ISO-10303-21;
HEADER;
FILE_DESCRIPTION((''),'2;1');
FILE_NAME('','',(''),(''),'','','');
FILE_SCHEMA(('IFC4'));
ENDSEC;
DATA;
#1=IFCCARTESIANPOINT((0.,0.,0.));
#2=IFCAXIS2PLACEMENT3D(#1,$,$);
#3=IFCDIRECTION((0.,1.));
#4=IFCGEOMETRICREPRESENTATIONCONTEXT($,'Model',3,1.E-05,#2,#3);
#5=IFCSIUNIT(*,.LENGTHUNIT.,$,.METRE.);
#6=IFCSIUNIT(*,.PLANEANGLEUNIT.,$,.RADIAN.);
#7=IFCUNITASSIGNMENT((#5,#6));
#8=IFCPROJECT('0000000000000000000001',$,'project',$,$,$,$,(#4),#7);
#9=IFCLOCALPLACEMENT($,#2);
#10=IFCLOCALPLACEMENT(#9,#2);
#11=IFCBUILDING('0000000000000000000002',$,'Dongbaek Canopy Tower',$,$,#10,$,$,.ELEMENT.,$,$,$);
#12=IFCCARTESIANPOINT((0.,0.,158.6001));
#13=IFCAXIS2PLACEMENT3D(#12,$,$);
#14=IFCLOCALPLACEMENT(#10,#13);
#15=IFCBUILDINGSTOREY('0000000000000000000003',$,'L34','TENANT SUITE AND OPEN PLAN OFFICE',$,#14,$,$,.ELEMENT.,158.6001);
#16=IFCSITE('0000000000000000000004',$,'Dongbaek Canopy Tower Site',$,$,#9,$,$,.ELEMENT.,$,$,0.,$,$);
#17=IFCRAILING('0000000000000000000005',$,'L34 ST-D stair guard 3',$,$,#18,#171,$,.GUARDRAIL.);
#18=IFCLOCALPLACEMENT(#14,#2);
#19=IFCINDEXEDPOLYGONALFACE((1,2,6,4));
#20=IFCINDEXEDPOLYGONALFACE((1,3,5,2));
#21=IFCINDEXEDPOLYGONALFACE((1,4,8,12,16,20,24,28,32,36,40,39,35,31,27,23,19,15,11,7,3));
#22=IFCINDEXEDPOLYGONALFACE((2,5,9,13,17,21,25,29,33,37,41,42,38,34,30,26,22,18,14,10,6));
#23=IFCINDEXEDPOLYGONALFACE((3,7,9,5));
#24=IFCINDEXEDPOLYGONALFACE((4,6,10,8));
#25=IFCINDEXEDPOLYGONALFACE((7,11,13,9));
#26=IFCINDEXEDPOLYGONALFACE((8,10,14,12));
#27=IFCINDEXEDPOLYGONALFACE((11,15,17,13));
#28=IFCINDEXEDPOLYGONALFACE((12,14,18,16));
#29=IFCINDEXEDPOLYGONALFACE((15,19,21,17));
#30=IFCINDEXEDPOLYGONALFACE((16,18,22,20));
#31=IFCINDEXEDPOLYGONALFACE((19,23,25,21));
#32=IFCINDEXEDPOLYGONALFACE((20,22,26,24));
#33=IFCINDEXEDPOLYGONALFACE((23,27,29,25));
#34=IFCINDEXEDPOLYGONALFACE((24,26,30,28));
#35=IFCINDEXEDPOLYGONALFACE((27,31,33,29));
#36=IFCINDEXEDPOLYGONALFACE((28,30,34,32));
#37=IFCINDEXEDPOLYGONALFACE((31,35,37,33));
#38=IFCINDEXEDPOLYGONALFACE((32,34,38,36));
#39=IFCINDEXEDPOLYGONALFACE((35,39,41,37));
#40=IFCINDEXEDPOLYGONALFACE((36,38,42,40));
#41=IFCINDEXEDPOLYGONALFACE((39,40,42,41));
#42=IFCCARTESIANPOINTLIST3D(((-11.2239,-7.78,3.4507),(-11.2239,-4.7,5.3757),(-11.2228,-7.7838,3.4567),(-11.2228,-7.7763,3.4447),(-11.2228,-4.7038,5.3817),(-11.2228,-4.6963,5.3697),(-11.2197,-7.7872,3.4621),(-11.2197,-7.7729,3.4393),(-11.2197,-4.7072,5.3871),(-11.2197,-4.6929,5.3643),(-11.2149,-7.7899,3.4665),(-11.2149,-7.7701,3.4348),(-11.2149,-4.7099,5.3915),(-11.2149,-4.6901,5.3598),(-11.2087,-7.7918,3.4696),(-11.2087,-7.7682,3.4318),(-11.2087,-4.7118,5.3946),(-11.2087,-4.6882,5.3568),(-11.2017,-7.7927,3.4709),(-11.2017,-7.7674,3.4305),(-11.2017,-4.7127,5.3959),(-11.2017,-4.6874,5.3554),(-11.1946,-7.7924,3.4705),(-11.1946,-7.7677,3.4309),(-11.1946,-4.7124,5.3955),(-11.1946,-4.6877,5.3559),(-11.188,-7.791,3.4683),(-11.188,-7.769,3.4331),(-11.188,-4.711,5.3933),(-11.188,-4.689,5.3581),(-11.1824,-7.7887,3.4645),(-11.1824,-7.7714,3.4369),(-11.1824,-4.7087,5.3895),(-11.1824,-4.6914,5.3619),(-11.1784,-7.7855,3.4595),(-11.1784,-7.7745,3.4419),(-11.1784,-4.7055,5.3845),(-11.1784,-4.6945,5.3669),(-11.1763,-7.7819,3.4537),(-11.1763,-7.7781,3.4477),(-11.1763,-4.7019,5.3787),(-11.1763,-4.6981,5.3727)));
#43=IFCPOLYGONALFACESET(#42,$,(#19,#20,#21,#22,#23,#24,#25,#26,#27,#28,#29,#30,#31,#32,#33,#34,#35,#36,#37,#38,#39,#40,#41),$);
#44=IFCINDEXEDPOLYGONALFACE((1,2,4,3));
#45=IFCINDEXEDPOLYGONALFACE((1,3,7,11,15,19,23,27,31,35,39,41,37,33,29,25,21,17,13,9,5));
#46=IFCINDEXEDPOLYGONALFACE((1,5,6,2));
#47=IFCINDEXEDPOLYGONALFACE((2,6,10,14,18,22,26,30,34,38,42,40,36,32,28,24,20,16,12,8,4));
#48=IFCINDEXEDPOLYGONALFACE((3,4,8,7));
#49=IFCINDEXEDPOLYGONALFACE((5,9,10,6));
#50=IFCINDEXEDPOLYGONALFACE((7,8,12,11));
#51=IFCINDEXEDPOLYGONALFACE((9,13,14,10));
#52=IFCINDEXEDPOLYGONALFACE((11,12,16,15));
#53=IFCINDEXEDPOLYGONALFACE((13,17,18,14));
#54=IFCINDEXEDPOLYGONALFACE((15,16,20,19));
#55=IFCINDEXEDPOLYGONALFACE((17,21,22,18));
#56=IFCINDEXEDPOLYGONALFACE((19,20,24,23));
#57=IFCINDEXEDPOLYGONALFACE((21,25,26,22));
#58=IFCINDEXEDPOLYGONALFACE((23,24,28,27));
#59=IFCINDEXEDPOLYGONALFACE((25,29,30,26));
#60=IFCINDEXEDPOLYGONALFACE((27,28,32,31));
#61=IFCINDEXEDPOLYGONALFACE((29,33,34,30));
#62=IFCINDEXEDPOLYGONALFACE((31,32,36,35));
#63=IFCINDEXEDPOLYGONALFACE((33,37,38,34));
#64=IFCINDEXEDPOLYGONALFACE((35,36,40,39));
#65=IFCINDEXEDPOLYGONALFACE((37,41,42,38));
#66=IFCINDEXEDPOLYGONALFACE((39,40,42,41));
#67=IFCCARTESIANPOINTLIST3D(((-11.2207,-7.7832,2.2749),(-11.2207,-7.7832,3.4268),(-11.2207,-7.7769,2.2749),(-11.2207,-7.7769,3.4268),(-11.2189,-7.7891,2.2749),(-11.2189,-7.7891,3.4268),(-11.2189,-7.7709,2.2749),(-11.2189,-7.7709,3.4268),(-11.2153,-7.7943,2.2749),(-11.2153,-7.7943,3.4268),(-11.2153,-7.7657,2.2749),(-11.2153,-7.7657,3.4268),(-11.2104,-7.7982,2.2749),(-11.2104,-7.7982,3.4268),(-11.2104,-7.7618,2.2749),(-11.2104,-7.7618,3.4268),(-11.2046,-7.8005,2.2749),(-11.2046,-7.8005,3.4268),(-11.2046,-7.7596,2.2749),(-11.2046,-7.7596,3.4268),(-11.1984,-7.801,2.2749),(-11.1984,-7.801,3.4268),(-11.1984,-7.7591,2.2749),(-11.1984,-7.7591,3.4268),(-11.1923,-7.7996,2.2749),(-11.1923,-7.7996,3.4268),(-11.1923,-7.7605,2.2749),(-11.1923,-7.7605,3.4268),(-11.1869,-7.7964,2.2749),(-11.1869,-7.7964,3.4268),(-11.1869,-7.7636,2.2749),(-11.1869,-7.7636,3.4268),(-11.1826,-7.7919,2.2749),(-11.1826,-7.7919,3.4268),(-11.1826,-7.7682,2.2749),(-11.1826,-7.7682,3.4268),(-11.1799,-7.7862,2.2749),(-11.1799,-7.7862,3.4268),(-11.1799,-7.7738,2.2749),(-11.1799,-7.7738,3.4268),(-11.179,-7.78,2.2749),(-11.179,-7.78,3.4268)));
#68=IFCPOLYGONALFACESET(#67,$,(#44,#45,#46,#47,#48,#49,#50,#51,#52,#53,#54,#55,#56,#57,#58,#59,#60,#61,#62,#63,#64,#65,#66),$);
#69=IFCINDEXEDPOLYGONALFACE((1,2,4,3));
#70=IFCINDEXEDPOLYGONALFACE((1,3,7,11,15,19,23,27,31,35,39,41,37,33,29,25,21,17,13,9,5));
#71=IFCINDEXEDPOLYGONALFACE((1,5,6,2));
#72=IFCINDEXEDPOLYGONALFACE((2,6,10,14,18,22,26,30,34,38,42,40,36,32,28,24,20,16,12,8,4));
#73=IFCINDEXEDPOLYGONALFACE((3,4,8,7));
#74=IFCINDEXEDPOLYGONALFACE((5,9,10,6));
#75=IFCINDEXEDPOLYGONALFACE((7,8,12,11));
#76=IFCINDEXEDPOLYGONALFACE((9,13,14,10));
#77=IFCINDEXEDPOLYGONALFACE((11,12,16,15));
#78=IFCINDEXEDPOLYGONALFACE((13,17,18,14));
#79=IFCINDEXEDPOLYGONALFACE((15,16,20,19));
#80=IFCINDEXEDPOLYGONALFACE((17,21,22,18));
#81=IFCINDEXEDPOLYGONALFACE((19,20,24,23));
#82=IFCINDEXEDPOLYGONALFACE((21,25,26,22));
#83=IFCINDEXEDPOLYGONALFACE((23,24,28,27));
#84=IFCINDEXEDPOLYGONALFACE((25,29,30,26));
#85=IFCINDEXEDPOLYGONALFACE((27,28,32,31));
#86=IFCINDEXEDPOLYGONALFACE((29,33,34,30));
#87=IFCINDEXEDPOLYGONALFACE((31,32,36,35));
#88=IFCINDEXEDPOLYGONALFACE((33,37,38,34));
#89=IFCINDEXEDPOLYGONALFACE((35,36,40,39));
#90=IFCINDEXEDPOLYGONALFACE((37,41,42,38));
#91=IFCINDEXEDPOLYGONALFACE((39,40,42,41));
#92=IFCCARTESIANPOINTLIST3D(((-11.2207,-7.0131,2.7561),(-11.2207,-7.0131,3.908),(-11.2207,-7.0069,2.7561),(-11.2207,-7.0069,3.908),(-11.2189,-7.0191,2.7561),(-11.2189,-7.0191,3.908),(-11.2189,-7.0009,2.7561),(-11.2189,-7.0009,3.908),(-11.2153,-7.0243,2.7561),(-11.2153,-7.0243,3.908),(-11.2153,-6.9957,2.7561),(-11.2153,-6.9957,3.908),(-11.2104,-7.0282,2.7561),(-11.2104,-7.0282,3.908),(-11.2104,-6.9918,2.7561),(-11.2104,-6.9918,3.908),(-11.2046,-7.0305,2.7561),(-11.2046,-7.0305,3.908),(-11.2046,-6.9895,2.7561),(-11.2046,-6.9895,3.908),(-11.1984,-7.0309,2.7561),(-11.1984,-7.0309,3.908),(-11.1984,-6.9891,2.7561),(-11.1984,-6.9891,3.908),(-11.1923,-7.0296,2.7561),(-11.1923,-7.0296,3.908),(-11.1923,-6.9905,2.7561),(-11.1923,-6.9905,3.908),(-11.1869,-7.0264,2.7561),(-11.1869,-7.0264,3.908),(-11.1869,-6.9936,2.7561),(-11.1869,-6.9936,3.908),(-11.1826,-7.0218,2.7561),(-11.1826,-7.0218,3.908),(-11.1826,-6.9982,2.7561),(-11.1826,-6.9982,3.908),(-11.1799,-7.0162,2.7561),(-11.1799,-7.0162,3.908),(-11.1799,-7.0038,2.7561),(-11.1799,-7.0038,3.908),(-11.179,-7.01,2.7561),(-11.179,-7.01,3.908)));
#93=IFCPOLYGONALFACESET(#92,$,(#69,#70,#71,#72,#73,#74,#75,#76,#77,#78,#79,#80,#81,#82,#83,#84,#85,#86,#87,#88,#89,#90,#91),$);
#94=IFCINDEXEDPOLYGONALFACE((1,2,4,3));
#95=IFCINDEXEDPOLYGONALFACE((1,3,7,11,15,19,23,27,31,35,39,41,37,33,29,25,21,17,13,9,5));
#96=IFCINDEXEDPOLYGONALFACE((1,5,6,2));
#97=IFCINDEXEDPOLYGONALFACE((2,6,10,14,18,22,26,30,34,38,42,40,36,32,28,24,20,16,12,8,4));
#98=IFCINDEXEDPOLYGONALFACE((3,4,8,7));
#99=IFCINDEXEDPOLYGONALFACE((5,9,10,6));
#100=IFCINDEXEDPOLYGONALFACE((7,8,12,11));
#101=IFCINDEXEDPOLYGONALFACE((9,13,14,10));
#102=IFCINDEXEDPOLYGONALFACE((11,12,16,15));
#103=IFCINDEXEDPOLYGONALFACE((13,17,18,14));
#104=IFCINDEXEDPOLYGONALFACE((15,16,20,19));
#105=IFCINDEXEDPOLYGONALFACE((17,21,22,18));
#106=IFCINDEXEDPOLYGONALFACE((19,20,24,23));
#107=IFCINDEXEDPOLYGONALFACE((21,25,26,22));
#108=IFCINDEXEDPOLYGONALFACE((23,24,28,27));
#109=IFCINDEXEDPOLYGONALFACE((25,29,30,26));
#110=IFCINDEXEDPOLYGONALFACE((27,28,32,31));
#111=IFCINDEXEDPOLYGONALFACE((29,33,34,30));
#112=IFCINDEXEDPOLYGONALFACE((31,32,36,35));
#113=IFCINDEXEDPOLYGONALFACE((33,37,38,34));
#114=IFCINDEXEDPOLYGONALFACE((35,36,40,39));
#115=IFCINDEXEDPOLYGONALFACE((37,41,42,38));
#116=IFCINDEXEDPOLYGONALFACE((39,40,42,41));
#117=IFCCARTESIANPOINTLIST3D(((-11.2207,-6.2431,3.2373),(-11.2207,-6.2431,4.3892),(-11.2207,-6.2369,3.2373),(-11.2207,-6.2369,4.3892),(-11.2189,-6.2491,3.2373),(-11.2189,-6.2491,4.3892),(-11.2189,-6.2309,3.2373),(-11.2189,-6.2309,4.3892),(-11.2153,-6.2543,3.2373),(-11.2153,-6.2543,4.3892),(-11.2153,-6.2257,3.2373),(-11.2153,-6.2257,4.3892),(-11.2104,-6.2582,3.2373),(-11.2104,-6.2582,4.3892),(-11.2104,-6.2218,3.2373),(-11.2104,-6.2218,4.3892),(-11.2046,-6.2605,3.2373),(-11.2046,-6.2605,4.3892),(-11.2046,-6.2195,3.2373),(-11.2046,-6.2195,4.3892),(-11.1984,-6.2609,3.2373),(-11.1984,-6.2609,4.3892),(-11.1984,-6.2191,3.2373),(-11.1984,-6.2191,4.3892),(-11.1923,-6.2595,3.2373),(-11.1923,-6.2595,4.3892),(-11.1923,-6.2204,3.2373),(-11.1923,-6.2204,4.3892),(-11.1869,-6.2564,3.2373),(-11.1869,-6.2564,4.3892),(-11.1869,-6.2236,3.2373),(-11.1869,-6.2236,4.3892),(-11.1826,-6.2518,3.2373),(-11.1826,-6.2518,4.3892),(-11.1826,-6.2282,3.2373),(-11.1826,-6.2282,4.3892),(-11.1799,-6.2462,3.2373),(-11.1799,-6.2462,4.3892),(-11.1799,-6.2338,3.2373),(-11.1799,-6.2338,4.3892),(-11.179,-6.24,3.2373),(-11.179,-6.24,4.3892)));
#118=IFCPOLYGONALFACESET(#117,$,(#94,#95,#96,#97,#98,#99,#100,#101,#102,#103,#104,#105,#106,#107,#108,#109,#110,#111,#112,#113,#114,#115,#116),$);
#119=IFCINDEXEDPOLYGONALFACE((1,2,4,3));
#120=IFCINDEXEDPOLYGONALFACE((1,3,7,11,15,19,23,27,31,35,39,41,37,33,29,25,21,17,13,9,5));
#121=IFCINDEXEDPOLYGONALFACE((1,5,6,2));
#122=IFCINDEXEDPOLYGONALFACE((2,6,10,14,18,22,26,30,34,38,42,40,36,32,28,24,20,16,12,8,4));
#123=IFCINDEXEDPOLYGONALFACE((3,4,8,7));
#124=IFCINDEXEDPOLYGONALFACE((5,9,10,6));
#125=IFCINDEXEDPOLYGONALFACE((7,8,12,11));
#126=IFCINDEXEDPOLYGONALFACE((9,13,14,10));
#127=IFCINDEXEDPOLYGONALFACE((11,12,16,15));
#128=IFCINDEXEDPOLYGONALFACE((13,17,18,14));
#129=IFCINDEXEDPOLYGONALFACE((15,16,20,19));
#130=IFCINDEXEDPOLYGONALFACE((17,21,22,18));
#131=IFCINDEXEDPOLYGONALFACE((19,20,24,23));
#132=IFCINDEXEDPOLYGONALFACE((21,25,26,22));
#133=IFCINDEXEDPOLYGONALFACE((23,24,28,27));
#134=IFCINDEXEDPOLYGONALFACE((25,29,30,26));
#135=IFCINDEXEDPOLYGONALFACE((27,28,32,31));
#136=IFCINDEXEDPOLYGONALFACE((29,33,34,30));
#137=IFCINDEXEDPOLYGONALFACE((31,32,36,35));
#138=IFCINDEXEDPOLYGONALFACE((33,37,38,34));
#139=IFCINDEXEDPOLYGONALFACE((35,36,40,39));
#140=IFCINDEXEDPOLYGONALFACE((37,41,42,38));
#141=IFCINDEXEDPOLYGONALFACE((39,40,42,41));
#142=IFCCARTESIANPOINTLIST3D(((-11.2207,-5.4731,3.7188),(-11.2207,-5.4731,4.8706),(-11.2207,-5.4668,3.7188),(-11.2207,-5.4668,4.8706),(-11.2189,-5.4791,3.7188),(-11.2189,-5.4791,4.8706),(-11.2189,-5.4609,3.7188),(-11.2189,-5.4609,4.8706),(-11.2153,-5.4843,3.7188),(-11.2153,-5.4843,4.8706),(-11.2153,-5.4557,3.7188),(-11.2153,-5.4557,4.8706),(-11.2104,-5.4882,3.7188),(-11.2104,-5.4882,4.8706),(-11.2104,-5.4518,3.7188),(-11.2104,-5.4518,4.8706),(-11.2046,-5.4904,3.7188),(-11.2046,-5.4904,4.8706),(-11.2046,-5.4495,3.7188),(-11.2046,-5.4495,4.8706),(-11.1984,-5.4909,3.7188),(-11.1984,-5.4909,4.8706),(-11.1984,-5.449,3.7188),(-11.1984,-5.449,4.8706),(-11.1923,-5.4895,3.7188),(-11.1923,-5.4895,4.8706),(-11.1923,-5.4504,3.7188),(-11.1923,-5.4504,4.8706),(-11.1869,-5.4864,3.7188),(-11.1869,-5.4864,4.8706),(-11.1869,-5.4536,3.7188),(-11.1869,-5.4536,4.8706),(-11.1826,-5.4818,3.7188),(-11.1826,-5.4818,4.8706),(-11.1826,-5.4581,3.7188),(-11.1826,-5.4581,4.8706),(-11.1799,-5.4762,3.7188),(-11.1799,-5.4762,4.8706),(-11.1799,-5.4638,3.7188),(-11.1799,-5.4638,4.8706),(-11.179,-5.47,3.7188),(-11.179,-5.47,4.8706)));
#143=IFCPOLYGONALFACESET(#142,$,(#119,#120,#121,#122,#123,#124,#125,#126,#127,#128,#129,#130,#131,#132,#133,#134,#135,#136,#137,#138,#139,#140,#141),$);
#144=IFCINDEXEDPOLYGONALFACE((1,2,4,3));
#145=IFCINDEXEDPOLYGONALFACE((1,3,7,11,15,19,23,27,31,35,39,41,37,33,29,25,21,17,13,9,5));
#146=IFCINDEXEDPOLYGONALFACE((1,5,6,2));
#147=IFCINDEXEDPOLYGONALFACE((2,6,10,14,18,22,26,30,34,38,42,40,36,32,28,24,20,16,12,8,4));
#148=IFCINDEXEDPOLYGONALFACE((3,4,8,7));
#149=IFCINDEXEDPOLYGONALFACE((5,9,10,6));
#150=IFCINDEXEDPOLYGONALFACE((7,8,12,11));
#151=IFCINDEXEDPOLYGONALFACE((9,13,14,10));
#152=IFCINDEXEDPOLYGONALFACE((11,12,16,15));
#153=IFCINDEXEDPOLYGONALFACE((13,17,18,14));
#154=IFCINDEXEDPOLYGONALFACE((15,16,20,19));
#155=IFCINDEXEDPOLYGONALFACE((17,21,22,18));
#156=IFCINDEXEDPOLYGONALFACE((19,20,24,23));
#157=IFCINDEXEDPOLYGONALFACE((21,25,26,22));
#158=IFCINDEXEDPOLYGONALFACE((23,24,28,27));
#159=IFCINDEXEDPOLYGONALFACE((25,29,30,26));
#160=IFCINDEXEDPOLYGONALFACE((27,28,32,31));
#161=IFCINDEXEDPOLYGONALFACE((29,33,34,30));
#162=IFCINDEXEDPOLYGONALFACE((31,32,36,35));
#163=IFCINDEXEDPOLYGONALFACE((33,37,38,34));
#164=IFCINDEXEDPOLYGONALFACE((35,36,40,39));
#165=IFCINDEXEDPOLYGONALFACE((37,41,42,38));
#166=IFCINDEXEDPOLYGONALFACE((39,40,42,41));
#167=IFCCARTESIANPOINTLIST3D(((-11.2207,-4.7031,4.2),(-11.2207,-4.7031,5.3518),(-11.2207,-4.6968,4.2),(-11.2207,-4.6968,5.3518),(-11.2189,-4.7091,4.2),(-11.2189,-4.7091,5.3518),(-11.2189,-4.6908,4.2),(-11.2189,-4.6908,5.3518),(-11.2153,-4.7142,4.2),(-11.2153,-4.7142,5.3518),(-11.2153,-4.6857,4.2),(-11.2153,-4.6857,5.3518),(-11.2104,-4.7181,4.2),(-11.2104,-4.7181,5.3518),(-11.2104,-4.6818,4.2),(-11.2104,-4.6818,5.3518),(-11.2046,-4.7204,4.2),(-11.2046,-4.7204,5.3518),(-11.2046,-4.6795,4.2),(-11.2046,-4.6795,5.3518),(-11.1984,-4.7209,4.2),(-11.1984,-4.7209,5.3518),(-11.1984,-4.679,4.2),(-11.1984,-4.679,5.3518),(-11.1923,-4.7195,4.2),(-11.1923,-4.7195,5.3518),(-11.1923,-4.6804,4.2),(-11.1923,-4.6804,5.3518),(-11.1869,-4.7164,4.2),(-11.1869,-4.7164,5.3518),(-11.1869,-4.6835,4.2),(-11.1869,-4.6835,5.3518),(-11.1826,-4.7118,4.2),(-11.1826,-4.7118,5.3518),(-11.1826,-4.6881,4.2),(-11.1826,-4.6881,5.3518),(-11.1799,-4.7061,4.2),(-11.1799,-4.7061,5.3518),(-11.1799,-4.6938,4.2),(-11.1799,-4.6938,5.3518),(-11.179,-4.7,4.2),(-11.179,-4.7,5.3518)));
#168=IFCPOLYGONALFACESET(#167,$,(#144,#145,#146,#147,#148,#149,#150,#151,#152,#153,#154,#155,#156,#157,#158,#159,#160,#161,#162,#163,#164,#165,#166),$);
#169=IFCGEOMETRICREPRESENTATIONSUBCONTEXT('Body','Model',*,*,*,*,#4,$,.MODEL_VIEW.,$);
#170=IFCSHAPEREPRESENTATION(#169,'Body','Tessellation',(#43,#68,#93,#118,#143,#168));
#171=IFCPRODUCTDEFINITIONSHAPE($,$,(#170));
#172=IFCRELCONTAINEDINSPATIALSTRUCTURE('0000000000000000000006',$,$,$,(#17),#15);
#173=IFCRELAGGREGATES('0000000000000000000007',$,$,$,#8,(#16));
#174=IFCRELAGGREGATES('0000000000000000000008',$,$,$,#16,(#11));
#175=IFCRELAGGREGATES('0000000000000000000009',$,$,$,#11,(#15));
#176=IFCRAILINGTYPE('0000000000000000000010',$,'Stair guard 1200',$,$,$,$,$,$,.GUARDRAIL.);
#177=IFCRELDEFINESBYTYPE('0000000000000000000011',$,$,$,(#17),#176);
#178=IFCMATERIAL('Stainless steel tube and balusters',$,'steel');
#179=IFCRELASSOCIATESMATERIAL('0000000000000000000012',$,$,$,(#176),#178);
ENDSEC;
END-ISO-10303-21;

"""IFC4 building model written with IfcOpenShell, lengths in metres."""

from ifc_helpers import new_model, si_unit, direction, frame, origin, origin_2d, place, context, subcontext, project, spatial, circle, extrude, material, type_object, element, save


model = new_model("IFC4")

# Units and contexts
model_context = context("Model", 3, precision=1e-05, world=origin(), true_north=direction((0.0, 1.0)))
body_context = subcontext(model_context, "Body", "Model", "MODEL_VIEW")
ifc_project = project(units=[si_unit("LENGTHUNIT", "METRE"), si_unit("PLANEANGLEUNIT", "RADIAN")], contexts=[model_context])

# Site, building, storey
site_placement = place(None, origin())
site = spatial("IfcSite", under=ifc_project, at=site_placement, Name="Dongbaek Canopy Tower Site", CompositionType="ELEMENT", RefElevation=0.0)
building_placement = place(site_placement, origin())
building = spatial("IfcBuilding", under=site, at=building_placement, Name="Dongbaek Canopy Tower", CompositionType="ELEMENT")
storey_placement = place(building_placement, frame((0.0, 0.0, 158.6001)))
storey = spatial("IfcBuildingStorey", under=building, at=storey_placement, Name="L34", Description="TENANT SUITE AND OPEN PLAN OFFICE", CompositionType="ELEMENT", Elevation=158.6001)

# Railing
ifc_material_1 = material(Name="Stainless steel tube and balusters", Category="steel")
railing_type_1 = type_object("IfcRailingType", Name="Stair guard 1200", PredefinedType="GUARDRAIL", material=ifc_material_1)
railing_1_placement = place(storey_placement, frame((-11.2, -7.78, 2.2749)))
element("IfcRailing", 1, at=railing_1_placement, inside=storey, type_object=railing_type_1, Name="L34 ST-D stair guard 3", PredefinedType="GUARDRAIL", context=body_context, shape_type="SweptSolid", body=[
    extrude(circle(Radius=0.0239, at=origin_2d()), frame((0.0, 0.0, 1.1758), z_axis=(0.0, 0.847998, 0.529999), x_axis=(-1.0, 0.0, 0.0)), (0.0, 0.0, 1.0), 3.6321),
    extrude(circle(Radius=0.021, at=origin_2d()), origin(), (0.0, 0.0, 1.0), 1.1519),
    extrude(circle(Radius=0.021, at=origin_2d()), frame((0.0, 0.77, 0.4812)), (0.0, 0.0, 1.0), 1.1519),
    extrude(circle(Radius=0.021, at=origin_2d()), frame((0.0, 1.54, 0.9624)), (0.0, 0.0, 1.0), 1.1519),
    extrude(circle(Radius=0.021, at=origin_2d()), frame((0.0, 2.3101, 1.4438)), (0.0, 0.0, 1.0), 1.1519),
    extrude(circle(Radius=0.021, at=origin_2d()), frame((0.0, 3.0801, 1.925)), (0.0, 0.0, 1.0), 1.1519),
])

save(model, "model.ifc")
